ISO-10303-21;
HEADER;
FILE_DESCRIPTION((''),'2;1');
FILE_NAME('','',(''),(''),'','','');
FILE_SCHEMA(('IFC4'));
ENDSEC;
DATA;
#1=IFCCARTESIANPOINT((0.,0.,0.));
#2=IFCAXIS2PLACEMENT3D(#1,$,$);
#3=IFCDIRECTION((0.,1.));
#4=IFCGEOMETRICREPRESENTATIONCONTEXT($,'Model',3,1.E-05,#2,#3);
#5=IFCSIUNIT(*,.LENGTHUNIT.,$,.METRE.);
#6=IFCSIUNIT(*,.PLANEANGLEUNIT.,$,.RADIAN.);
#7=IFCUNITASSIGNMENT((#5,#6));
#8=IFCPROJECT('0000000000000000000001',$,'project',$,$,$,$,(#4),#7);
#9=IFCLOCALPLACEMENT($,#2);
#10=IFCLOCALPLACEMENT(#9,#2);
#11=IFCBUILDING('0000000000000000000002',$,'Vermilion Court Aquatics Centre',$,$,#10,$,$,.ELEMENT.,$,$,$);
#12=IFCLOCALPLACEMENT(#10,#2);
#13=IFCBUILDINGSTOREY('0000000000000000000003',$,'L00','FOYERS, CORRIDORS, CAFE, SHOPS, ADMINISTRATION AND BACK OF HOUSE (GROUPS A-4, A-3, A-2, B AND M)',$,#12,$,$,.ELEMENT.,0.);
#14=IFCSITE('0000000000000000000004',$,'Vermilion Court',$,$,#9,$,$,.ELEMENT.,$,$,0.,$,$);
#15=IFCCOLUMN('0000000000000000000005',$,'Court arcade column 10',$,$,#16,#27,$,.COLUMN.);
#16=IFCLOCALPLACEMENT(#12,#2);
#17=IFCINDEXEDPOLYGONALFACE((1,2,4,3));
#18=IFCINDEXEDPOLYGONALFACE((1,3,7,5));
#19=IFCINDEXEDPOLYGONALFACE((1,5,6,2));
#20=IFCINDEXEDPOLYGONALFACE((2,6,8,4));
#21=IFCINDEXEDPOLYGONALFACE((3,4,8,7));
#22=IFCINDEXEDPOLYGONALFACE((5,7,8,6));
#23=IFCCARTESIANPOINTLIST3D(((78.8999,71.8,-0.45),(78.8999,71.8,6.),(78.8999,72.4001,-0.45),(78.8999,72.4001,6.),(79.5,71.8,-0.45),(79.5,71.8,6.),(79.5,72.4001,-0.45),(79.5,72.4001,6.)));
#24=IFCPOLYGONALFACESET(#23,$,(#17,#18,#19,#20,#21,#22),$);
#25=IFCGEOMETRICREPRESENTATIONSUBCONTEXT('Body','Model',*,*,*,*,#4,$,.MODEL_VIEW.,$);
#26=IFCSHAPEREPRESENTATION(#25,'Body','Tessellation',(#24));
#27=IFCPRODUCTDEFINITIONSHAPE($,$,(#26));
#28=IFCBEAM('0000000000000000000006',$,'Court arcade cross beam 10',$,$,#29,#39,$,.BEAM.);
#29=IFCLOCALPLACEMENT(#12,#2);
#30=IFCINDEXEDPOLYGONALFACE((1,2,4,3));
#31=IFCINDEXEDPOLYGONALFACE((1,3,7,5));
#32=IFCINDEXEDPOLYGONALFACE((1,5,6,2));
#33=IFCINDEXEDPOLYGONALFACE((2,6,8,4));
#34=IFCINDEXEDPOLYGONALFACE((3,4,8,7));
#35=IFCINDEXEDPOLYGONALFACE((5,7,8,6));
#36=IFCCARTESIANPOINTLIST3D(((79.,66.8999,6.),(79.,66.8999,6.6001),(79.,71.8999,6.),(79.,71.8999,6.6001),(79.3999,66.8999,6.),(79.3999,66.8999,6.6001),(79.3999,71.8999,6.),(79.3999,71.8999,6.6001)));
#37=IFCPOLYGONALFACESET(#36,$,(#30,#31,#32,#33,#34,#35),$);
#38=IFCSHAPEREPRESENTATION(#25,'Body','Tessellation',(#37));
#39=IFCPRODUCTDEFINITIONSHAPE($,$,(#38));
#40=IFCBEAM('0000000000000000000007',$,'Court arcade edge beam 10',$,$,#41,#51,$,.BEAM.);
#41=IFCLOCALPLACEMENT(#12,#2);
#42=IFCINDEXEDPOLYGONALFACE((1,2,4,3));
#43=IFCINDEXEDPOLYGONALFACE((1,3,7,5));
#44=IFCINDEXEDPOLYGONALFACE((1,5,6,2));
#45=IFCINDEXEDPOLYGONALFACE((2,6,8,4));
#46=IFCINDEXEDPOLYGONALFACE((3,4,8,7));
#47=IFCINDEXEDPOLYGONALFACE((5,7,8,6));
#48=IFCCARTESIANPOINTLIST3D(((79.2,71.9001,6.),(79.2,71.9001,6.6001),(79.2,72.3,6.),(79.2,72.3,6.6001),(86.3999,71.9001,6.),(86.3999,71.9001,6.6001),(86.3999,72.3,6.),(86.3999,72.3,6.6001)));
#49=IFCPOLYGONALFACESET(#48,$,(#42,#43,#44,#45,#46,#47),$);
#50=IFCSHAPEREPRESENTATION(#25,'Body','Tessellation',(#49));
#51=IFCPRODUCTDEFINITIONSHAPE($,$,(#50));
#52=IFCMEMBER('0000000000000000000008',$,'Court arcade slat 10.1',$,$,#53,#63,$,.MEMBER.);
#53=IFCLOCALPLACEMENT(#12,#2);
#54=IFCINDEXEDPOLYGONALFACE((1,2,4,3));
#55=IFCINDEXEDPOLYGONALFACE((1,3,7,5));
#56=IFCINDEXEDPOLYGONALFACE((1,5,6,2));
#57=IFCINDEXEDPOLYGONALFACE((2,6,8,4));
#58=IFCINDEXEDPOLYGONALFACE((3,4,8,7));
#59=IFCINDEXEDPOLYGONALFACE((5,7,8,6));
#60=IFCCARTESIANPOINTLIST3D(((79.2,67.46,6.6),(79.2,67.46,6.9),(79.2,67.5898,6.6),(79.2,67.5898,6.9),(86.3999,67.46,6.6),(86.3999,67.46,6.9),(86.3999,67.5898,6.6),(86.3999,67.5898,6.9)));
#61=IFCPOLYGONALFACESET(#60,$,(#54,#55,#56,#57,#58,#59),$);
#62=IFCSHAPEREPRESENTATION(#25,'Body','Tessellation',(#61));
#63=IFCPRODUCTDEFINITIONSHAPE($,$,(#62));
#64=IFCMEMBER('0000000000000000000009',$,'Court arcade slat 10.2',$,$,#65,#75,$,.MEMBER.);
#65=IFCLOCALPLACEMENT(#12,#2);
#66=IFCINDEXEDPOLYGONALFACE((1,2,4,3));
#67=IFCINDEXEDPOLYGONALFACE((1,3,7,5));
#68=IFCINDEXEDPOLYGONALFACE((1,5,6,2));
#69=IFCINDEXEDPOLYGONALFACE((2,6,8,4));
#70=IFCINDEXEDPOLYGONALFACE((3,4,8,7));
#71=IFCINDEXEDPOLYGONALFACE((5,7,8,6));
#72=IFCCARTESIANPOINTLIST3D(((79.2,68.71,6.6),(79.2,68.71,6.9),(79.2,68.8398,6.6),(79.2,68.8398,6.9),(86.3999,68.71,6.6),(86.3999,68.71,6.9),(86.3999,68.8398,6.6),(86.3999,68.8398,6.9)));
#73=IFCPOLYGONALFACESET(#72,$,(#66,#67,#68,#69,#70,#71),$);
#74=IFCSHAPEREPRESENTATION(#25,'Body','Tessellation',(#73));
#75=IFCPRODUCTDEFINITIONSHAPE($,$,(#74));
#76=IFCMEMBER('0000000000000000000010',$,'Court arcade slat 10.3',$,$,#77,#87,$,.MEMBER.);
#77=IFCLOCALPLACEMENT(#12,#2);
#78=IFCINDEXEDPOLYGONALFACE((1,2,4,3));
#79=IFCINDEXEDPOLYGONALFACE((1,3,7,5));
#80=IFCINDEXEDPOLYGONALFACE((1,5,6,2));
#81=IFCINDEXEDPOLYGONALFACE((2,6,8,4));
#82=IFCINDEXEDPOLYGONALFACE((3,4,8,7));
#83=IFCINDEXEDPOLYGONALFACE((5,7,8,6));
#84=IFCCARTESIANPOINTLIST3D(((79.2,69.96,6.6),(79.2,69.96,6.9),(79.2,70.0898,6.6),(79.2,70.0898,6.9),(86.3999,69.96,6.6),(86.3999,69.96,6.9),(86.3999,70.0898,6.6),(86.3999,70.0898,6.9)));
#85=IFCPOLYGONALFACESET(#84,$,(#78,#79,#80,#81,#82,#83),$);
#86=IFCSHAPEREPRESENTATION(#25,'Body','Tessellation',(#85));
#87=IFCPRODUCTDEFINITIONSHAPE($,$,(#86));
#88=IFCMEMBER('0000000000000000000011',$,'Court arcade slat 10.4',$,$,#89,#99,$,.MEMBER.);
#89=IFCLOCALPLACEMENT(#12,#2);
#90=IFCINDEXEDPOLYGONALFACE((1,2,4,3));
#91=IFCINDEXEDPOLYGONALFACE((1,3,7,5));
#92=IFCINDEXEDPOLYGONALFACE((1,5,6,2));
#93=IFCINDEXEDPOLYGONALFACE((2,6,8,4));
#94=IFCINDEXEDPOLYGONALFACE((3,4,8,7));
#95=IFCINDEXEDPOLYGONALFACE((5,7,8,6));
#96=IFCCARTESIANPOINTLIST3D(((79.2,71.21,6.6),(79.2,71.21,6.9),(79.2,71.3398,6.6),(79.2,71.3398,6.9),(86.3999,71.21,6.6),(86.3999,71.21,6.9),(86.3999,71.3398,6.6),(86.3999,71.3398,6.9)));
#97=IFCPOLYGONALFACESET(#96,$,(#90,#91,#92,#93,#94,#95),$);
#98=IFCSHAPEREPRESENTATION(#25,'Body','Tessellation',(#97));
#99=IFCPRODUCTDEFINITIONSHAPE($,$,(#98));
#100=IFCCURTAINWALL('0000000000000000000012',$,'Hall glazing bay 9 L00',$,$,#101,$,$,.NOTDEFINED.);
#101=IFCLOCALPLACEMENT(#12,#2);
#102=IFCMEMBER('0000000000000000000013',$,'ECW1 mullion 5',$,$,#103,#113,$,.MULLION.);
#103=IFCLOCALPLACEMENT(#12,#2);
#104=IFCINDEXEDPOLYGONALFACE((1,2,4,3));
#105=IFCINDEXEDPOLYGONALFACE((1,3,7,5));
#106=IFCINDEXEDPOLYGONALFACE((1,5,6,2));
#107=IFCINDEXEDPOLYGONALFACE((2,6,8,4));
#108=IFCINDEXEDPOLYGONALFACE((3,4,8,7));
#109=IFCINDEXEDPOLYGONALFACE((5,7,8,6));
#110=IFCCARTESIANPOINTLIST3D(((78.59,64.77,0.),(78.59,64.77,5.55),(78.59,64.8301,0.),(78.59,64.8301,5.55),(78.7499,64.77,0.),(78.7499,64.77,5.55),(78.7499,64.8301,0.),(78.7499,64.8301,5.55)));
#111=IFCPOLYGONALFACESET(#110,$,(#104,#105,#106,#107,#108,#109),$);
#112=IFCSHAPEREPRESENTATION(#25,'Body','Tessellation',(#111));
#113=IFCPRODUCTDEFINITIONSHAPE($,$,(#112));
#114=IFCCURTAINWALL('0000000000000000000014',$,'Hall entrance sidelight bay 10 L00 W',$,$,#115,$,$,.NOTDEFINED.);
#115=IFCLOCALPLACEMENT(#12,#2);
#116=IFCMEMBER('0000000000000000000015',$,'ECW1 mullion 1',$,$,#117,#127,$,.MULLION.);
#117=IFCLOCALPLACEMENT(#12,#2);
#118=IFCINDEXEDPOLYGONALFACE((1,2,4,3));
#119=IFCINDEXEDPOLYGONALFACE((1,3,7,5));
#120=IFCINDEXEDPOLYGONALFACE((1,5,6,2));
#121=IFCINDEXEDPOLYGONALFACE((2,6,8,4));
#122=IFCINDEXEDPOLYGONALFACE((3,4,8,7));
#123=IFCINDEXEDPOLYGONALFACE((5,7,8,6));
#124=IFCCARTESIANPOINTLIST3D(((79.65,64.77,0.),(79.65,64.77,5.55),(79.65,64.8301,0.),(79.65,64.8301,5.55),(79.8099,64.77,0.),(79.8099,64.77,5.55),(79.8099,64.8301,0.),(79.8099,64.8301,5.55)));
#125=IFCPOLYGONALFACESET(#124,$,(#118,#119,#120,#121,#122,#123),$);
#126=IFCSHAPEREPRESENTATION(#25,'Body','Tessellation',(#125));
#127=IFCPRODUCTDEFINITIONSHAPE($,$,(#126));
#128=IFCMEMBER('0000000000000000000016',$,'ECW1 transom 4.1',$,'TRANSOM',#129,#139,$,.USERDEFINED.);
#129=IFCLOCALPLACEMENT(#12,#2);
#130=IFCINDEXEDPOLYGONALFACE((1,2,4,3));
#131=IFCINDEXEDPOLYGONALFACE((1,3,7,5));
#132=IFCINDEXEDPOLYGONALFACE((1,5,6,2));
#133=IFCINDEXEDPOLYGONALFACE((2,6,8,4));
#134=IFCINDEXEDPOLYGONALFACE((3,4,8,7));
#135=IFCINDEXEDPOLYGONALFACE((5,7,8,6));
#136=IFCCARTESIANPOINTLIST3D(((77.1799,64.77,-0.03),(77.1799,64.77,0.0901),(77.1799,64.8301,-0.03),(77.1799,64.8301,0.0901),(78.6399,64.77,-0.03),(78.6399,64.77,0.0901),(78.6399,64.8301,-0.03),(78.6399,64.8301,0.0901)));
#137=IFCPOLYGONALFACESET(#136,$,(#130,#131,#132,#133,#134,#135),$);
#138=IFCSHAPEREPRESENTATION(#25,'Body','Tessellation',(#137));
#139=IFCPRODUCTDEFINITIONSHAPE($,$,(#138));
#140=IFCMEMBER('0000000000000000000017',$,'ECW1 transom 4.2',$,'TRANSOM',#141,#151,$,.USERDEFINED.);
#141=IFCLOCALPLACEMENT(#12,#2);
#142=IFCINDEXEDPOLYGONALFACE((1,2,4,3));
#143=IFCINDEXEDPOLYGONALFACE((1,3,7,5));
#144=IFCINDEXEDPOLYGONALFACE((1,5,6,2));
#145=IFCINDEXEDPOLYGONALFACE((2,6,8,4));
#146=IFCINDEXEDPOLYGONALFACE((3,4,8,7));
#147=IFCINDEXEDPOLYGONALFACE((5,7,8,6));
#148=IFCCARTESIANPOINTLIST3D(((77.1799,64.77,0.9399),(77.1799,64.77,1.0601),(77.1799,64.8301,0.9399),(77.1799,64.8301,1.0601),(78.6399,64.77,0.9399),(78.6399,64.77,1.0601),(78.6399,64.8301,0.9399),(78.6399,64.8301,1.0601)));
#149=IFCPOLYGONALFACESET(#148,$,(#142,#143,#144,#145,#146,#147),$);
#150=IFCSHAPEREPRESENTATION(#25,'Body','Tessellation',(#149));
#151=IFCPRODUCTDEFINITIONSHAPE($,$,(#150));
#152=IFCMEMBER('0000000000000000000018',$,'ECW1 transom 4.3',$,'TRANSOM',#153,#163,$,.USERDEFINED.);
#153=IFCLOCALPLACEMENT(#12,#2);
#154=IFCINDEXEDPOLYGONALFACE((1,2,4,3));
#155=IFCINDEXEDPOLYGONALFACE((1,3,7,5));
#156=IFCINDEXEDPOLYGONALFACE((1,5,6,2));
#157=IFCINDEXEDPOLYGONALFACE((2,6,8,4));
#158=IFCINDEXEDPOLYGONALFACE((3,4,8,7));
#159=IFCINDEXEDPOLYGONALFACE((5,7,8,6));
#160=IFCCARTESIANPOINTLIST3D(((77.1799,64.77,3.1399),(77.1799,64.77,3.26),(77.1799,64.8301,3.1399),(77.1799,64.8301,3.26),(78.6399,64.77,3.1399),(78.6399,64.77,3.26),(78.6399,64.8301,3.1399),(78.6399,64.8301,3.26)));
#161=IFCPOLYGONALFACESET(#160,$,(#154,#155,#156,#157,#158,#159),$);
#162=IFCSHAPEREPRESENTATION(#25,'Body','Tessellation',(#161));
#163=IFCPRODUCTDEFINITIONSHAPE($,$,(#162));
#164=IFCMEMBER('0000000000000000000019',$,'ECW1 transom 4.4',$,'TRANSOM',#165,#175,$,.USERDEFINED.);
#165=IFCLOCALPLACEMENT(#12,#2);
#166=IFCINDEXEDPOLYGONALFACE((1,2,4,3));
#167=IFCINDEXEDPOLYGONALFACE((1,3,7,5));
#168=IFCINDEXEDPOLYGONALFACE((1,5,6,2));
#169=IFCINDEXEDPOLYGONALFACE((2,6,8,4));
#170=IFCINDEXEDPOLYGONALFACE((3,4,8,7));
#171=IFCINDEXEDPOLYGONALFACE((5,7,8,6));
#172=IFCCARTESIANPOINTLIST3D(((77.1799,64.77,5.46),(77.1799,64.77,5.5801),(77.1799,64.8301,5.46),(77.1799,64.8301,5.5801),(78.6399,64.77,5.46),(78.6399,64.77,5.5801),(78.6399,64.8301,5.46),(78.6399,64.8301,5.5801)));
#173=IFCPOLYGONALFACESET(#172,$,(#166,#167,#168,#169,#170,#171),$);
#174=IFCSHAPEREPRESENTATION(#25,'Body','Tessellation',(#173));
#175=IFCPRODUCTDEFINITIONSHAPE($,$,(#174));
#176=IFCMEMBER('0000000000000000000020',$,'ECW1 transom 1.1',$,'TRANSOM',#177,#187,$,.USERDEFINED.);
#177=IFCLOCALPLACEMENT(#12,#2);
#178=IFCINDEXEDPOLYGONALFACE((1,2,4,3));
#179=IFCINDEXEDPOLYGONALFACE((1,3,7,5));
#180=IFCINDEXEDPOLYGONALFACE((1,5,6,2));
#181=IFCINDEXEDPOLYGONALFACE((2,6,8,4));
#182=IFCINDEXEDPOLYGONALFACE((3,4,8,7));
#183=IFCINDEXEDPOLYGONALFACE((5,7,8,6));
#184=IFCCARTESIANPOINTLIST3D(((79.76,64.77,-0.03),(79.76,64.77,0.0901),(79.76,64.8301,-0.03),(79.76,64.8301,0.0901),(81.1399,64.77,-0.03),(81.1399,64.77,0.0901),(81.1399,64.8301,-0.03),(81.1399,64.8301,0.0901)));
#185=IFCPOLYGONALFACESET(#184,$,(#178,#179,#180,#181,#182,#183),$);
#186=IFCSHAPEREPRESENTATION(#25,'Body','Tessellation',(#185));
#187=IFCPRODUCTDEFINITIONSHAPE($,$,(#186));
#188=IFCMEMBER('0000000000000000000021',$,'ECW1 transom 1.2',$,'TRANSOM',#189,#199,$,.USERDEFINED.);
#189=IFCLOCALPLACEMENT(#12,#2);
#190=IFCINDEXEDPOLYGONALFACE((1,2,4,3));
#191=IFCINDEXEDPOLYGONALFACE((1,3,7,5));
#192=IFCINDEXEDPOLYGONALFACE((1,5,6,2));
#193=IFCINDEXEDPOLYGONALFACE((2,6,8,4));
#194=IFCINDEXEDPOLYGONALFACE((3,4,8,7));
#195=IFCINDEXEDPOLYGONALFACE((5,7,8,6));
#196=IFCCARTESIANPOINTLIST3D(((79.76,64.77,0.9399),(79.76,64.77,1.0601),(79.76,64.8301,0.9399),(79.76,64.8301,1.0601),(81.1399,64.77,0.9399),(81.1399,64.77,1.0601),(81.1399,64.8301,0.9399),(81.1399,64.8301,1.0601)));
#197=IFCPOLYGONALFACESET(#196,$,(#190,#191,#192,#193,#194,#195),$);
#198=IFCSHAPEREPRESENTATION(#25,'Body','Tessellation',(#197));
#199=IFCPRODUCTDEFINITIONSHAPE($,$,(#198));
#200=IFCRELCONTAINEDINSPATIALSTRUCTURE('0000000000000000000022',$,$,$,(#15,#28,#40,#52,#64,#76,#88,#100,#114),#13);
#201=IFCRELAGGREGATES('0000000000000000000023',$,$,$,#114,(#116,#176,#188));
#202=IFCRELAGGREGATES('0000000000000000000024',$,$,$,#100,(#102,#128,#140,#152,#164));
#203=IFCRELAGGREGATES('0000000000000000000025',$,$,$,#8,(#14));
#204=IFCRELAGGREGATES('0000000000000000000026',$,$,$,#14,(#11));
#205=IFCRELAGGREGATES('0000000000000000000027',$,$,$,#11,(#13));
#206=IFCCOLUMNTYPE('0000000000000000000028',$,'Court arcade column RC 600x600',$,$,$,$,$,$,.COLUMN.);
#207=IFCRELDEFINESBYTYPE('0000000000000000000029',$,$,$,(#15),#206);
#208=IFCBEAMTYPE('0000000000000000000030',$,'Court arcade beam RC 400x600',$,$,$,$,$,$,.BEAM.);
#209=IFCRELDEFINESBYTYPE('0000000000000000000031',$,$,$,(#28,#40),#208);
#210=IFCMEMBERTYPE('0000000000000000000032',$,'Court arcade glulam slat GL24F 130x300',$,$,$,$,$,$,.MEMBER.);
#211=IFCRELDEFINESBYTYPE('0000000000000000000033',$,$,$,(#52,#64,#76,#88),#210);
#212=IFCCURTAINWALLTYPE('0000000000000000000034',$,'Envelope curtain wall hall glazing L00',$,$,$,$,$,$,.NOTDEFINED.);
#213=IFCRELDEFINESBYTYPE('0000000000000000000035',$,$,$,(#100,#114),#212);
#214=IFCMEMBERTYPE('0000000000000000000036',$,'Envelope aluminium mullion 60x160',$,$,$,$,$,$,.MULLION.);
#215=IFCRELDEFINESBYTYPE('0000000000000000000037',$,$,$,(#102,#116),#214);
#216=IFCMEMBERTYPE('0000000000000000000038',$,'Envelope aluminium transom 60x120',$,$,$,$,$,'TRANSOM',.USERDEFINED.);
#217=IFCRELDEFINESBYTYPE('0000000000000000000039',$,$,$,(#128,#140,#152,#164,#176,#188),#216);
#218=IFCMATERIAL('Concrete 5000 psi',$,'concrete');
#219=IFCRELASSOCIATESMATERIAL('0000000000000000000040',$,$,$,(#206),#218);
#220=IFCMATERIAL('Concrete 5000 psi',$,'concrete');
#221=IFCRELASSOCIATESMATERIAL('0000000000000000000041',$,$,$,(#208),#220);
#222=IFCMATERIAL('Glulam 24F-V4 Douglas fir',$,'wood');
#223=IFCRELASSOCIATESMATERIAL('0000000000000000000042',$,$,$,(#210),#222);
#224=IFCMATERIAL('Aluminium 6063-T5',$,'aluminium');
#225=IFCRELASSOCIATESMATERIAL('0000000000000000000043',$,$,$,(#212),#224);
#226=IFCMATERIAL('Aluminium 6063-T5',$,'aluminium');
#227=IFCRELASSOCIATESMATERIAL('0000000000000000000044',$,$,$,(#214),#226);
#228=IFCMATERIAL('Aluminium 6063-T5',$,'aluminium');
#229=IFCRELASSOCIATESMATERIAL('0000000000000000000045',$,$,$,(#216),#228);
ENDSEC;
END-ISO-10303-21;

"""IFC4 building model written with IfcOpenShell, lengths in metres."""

from ifc_helpers import new_model, si_unit, direction, frame, origin, origin_2d, place, context, subcontext, project, spatial, rectangle, extrude, material, material_profile, profile_set, type_object, element, aggregate, save


model = new_model("IFC4")

# Units and contexts
model_context = context("Model", 3, precision=1e-05, world=origin(), true_north=direction((0.0, 1.0)))
body_context = subcontext(model_context, "Body", "Model", "MODEL_VIEW")
ifc_project = project(units=[si_unit("LENGTHUNIT", "METRE"), si_unit("PLANEANGLEUNIT", "RADIAN")], contexts=[model_context])

# Site, building, storey
site_placement = place(None, origin())
site = spatial("IfcSite", under=ifc_project, at=site_placement, Name="Vermilion Court", CompositionType="ELEMENT", RefElevation=0.0)
building_placement = place(site_placement, origin())
building = spatial("IfcBuilding", under=site, at=building_placement, Name="Vermilion Court Aquatics Centre", CompositionType="ELEMENT")
storey_placement = place(building_placement, origin())
storey = spatial("IfcBuildingStorey", under=building, at=storey_placement, Name="L00", Description="FOYERS, CORRIDORS, CAFE, SHOPS, ADMINISTRATION AND BACK OF HOUSE (GROUPS A-4, A-3, A-2, B AND M)", CompositionType="ELEMENT", Elevation=0.0)

# Column
ifc_material_1 = material(Name="Concrete 5000 psi", Category="concrete")
ifc_material_profile_1 = material_profile(ifc_material_1, rectangle(XDim=0.6001, YDim=0.6001, at=origin_2d()), Name="RC 600x600")
ifc_profile_set_1 = profile_set([ifc_material_profile_1], Name="Concrete 5000 psi")
column_type = type_object("IfcColumnType", Name="Court arcade column RC 600x600", PredefinedType="COLUMN", material=ifc_profile_set_1)
column_placement = place(storey_placement, frame((79.2, 72.1001, -0.45), z_axis=(0.0, 0.0, 1.0), x_axis=(1.0, 0.0, 0.0)))
element("IfcColumn", 1, at=column_placement, inside=storey, type_object=column_type, Name="Court arcade column 10", PredefinedType="COLUMN", context=body_context, shape_type="SweptSolid", body=[
    extrude(rectangle(XDim=0.6001, YDim=0.6001, at=origin_2d()), origin(), (0.0, 0.0, 1.0), 6.45),
])

# Beams
ifc_material_2 = material(Name="Concrete 5000 psi", Category="concrete")
ifc_material_profile_2 = material_profile(ifc_material_2, rectangle(XDim=0.3999, YDim=0.6001, at=origin_2d()), Name="RC 400x600")
ifc_profile_set_2 = profile_set([ifc_material_profile_2], Name="Concrete 5000 psi")
beam_type_1 = type_object("IfcBeamType", Name="Court arcade beam RC 400x600", PredefinedType="BEAM", material=ifc_profile_set_2)
beam_1_placement = place(storey_placement, frame((79.2, 66.8999, 6.3), z_axis=(0.0, 1.0, 0.0), x_axis=(-1.0, 0.0, 0.0)))
element("IfcBeam", 2, at=beam_1_placement, inside=storey, type_object=beam_type_1, Name="Court arcade cross beam 10", PredefinedType="BEAM", context=body_context, shape_type="SweptSolid", body=[
    extrude(rectangle(XDim=0.3999, YDim=0.6001, at=origin_2d()), origin(), (0.0, 0.0, 1.0), 5.0),
])
beam_2_placement = place(storey_placement, frame((79.2, 72.1001, 6.3), z_axis=(1.0, 0.0, 0.0), x_axis=(0.0, 1.0, 0.0)))
element("IfcBeam", 3, at=beam_2_placement, inside=storey, type_object=beam_type_1, Name="Court arcade edge beam 10", PredefinedType="BEAM", context=body_context, shape_type="SweptSolid", body=[
    extrude(rectangle(XDim=0.3999, YDim=0.6001, at=origin_2d()), origin(), (0.0, 0.0, 1.0), 7.2),
])

# Members
ifc_material_3 = material(Name="Glulam 24F-V4 Douglas fir", Category="wood")
ifc_material_profile_3 = material_profile(ifc_material_3, rectangle(XDim=0.1299, YDim=0.3, at=origin_2d()), Name="GL24F 130x300")
ifc_profile_set_3 = profile_set([ifc_material_profile_3], Name="Glulam 24F-V4 Douglas fir")
member_type_1 = type_object("IfcMemberType", Name="Court arcade glulam slat GL24F 130x300", PredefinedType="MEMBER", material=ifc_profile_set_3)
for number, where, z_axis, x_axis, name in (
    (4, (79.2, 67.5249, 6.75), (1.0, 0.0, 0.0), (0.0, 1.0, 0.0), "Court arcade slat 10.1"),
    (5, (79.2, 68.7749, 6.75), (1.0, 0.0, 0.0), (0.0, 1.0, 0.0), "Court arcade slat 10.2"),
    (6, (79.2, 70.0249, 6.75), (1.0, 0.0, 0.0), (0.0, 1.0, 0.0), "Court arcade slat 10.3"),
    (7, (79.2, 71.2749, 6.75), (1.0, 0.0, 0.0), (0.0, 1.0, 0.0), "Court arcade slat 10.4"),
):
    element("IfcMember", number, at=place(storey_placement, frame(where, z_axis=z_axis, x_axis=x_axis)), inside=storey, type_object=member_type_1, Name=name, PredefinedType="MEMBER", context=body_context, shape_type="SweptSolid", body=[
        extrude(rectangle(XDim=0.1299, YDim=0.3, at=origin_2d()), origin(), (0.0, 0.0, 1.0), 7.2),
    ])

# Curtain walls, members
ifc_material_4 = material(Name="Aluminium 6063-T5", Category="aluminium")
curtain_wall_type = type_object("IfcCurtainWallType", Name="Envelope curtain wall hall glazing L00", PredefinedType="NOTDEFINED", material=ifc_material_4)
curtain_wall_1_placement = place(storey_placement, origin())
curtain_wall_1 = element("IfcCurtainWall", 8, at=curtain_wall_1_placement, inside=storey, type_object=curtain_wall_type, Name="Hall glazing bay 9 L00", PredefinedType="NOTDEFINED")
ifc_material_5 = material(Name="Aluminium 6063-T5", Category="aluminium")
ifc_material_profile_4 = material_profile(ifc_material_5, rectangle(XDim=0.0601, YDim=0.1599, at=origin_2d()), Name="AL 60x160")
ifc_profile_set_4 = profile_set([ifc_material_profile_4], Name="Aluminium 6063-T5")
member_type_2 = type_object("IfcMemberType", Name="Envelope aluminium mullion 60x160", PredefinedType="MULLION", material=ifc_profile_set_4)
member_1_placement = place(storey_placement, frame((78.6699, 64.8, 0.0), z_axis=(0.0, 0.0, 1.0), x_axis=(0.0, 1.0, 0.0)))
member_1 = element("IfcMember", 9, at=member_1_placement, type_object=member_type_2, Name="ECW1 mullion 5", PredefinedType="MULLION", context=body_context, shape_type="SweptSolid", body=[
    extrude(rectangle(XDim=0.0601, YDim=0.1599, at=origin_2d()), origin(), (0.0, 0.0, 1.0), 5.55),
])
curtain_wall_2_placement = place(storey_placement, origin())
curtain_wall_2 = element("IfcCurtainWall", 10, at=curtain_wall_2_placement, inside=storey, type_object=curtain_wall_type, Name="Hall entrance sidelight bay 10 L00 W", PredefinedType="NOTDEFINED")
member_2_placement = place(storey_placement, frame((79.73, 64.8, 0.0), z_axis=(0.0, 0.0, 1.0), x_axis=(0.0, 1.0, 0.0)))
member_2 = element("IfcMember", 11, at=member_2_placement, type_object=member_type_2, Name="ECW1 mullion 1", PredefinedType="MULLION", context=body_context, shape_type="SweptSolid", body=[
    extrude(rectangle(XDim=0.0601, YDim=0.1599, at=origin_2d()), origin(), (0.0, 0.0, 1.0), 5.55),
])

# Members
ifc_material_6 = material(Name="Aluminium 6063-T5", Category="aluminium")
ifc_material_profile_5 = material_profile(ifc_material_6, rectangle(XDim=0.0601, YDim=0.1201, at=origin_2d()), Name="AL 60x120")
ifc_profile_set_5 = profile_set([ifc_material_profile_5], Name="Aluminium 6063-T5")
member_type_3 = type_object("IfcMemberType", Name="Envelope aluminium transom 60x120", ElementType="TRANSOM", PredefinedType="USERDEFINED", material=ifc_profile_set_5)
member_3_placement = place(storey_placement, frame((77.1799, 64.8, 0.03), z_axis=(1.0, 0.0, 0.0), x_axis=(0.0, 1.0, 0.0)))
member_3 = element("IfcMember", 12, at=member_3_placement, type_object=member_type_3, Name="ECW1 transom 4.1", ObjectType="TRANSOM", PredefinedType="USERDEFINED", context=body_context, shape_type="SweptSolid", body=[
    extrude(rectangle(XDim=0.0601, YDim=0.1201, at=origin_2d()), origin(), (0.0, 0.0, 1.0), 1.46),
])
member_4_placement = place(storey_placement, frame((77.1799, 64.8, 1.0), z_axis=(1.0, 0.0, 0.0), x_axis=(0.0, 1.0, 0.0)))
member_4 = element("IfcMember", 13, at=member_4_placement, type_object=member_type_3, Name="ECW1 transom 4.2", ObjectType="TRANSOM", PredefinedType="USERDEFINED", context=body_context, shape_type="SweptSolid", body=[
    extrude(rectangle(XDim=0.0601, YDim=0.1201, at=origin_2d()), origin(), (0.0, 0.0, 1.0), 1.46),
])
member_5_placement = place(storey_placement, frame((77.1799, 64.8, 3.2), z_axis=(1.0, 0.0, 0.0), x_axis=(0.0, 1.0, 0.0)))
member_5 = element("IfcMember", 14, at=member_5_placement, type_object=member_type_3, Name="ECW1 transom 4.3", ObjectType="TRANSOM", PredefinedType="USERDEFINED", context=body_context, shape_type="SweptSolid", body=[
    extrude(rectangle(XDim=0.0601, YDim=0.1201, at=origin_2d()), origin(), (0.0, 0.0, 1.0), 1.46),
])
member_6_placement = place(storey_placement, frame((77.1799, 64.8, 5.52), z_axis=(1.0, 0.0, 0.0), x_axis=(0.0, 1.0, 0.0)))
member_6 = element("IfcMember", 15, at=member_6_placement, type_object=member_type_3, Name="ECW1 transom 4.4", ObjectType="TRANSOM", PredefinedType="USERDEFINED", context=body_context, shape_type="SweptSolid", body=[
    extrude(rectangle(XDim=0.0601, YDim=0.1201, at=origin_2d()), origin(), (0.0, 0.0, 1.0), 1.46),
])
member_7_placement = place(storey_placement, frame((79.76, 64.8, 0.03), z_axis=(1.0, 0.0, 0.0), x_axis=(0.0, 1.0, 0.0)))
member_7 = element("IfcMember", 16, at=member_7_placement, type_object=member_type_3, Name="ECW1 transom 1.1", ObjectType="TRANSOM", PredefinedType="USERDEFINED", context=body_context, shape_type="SweptSolid", body=[
    extrude(rectangle(XDim=0.0601, YDim=0.1201, at=origin_2d()), origin(), (0.0, 0.0, 1.0), 1.3799),
])
member_8_placement = place(storey_placement, frame((79.76, 64.8, 1.0), z_axis=(1.0, 0.0, 0.0), x_axis=(0.0, 1.0, 0.0)))
member_8 = element("IfcMember", 17, at=member_8_placement, type_object=member_type_3, Name="ECW1 transom 1.2", ObjectType="TRANSOM", PredefinedType="USERDEFINED", context=body_context, shape_type="SweptSolid", body=[
    extrude(rectangle(XDim=0.0601, YDim=0.1201, at=origin_2d()), origin(), (0.0, 0.0, 1.0), 1.3799),
])
aggregate(curtain_wall_2, [member_2, member_7, member_8])

aggregate(curtain_wall_1, [member_1, member_3, member_4, member_5, member_6])

save(model, "model.ifc")
